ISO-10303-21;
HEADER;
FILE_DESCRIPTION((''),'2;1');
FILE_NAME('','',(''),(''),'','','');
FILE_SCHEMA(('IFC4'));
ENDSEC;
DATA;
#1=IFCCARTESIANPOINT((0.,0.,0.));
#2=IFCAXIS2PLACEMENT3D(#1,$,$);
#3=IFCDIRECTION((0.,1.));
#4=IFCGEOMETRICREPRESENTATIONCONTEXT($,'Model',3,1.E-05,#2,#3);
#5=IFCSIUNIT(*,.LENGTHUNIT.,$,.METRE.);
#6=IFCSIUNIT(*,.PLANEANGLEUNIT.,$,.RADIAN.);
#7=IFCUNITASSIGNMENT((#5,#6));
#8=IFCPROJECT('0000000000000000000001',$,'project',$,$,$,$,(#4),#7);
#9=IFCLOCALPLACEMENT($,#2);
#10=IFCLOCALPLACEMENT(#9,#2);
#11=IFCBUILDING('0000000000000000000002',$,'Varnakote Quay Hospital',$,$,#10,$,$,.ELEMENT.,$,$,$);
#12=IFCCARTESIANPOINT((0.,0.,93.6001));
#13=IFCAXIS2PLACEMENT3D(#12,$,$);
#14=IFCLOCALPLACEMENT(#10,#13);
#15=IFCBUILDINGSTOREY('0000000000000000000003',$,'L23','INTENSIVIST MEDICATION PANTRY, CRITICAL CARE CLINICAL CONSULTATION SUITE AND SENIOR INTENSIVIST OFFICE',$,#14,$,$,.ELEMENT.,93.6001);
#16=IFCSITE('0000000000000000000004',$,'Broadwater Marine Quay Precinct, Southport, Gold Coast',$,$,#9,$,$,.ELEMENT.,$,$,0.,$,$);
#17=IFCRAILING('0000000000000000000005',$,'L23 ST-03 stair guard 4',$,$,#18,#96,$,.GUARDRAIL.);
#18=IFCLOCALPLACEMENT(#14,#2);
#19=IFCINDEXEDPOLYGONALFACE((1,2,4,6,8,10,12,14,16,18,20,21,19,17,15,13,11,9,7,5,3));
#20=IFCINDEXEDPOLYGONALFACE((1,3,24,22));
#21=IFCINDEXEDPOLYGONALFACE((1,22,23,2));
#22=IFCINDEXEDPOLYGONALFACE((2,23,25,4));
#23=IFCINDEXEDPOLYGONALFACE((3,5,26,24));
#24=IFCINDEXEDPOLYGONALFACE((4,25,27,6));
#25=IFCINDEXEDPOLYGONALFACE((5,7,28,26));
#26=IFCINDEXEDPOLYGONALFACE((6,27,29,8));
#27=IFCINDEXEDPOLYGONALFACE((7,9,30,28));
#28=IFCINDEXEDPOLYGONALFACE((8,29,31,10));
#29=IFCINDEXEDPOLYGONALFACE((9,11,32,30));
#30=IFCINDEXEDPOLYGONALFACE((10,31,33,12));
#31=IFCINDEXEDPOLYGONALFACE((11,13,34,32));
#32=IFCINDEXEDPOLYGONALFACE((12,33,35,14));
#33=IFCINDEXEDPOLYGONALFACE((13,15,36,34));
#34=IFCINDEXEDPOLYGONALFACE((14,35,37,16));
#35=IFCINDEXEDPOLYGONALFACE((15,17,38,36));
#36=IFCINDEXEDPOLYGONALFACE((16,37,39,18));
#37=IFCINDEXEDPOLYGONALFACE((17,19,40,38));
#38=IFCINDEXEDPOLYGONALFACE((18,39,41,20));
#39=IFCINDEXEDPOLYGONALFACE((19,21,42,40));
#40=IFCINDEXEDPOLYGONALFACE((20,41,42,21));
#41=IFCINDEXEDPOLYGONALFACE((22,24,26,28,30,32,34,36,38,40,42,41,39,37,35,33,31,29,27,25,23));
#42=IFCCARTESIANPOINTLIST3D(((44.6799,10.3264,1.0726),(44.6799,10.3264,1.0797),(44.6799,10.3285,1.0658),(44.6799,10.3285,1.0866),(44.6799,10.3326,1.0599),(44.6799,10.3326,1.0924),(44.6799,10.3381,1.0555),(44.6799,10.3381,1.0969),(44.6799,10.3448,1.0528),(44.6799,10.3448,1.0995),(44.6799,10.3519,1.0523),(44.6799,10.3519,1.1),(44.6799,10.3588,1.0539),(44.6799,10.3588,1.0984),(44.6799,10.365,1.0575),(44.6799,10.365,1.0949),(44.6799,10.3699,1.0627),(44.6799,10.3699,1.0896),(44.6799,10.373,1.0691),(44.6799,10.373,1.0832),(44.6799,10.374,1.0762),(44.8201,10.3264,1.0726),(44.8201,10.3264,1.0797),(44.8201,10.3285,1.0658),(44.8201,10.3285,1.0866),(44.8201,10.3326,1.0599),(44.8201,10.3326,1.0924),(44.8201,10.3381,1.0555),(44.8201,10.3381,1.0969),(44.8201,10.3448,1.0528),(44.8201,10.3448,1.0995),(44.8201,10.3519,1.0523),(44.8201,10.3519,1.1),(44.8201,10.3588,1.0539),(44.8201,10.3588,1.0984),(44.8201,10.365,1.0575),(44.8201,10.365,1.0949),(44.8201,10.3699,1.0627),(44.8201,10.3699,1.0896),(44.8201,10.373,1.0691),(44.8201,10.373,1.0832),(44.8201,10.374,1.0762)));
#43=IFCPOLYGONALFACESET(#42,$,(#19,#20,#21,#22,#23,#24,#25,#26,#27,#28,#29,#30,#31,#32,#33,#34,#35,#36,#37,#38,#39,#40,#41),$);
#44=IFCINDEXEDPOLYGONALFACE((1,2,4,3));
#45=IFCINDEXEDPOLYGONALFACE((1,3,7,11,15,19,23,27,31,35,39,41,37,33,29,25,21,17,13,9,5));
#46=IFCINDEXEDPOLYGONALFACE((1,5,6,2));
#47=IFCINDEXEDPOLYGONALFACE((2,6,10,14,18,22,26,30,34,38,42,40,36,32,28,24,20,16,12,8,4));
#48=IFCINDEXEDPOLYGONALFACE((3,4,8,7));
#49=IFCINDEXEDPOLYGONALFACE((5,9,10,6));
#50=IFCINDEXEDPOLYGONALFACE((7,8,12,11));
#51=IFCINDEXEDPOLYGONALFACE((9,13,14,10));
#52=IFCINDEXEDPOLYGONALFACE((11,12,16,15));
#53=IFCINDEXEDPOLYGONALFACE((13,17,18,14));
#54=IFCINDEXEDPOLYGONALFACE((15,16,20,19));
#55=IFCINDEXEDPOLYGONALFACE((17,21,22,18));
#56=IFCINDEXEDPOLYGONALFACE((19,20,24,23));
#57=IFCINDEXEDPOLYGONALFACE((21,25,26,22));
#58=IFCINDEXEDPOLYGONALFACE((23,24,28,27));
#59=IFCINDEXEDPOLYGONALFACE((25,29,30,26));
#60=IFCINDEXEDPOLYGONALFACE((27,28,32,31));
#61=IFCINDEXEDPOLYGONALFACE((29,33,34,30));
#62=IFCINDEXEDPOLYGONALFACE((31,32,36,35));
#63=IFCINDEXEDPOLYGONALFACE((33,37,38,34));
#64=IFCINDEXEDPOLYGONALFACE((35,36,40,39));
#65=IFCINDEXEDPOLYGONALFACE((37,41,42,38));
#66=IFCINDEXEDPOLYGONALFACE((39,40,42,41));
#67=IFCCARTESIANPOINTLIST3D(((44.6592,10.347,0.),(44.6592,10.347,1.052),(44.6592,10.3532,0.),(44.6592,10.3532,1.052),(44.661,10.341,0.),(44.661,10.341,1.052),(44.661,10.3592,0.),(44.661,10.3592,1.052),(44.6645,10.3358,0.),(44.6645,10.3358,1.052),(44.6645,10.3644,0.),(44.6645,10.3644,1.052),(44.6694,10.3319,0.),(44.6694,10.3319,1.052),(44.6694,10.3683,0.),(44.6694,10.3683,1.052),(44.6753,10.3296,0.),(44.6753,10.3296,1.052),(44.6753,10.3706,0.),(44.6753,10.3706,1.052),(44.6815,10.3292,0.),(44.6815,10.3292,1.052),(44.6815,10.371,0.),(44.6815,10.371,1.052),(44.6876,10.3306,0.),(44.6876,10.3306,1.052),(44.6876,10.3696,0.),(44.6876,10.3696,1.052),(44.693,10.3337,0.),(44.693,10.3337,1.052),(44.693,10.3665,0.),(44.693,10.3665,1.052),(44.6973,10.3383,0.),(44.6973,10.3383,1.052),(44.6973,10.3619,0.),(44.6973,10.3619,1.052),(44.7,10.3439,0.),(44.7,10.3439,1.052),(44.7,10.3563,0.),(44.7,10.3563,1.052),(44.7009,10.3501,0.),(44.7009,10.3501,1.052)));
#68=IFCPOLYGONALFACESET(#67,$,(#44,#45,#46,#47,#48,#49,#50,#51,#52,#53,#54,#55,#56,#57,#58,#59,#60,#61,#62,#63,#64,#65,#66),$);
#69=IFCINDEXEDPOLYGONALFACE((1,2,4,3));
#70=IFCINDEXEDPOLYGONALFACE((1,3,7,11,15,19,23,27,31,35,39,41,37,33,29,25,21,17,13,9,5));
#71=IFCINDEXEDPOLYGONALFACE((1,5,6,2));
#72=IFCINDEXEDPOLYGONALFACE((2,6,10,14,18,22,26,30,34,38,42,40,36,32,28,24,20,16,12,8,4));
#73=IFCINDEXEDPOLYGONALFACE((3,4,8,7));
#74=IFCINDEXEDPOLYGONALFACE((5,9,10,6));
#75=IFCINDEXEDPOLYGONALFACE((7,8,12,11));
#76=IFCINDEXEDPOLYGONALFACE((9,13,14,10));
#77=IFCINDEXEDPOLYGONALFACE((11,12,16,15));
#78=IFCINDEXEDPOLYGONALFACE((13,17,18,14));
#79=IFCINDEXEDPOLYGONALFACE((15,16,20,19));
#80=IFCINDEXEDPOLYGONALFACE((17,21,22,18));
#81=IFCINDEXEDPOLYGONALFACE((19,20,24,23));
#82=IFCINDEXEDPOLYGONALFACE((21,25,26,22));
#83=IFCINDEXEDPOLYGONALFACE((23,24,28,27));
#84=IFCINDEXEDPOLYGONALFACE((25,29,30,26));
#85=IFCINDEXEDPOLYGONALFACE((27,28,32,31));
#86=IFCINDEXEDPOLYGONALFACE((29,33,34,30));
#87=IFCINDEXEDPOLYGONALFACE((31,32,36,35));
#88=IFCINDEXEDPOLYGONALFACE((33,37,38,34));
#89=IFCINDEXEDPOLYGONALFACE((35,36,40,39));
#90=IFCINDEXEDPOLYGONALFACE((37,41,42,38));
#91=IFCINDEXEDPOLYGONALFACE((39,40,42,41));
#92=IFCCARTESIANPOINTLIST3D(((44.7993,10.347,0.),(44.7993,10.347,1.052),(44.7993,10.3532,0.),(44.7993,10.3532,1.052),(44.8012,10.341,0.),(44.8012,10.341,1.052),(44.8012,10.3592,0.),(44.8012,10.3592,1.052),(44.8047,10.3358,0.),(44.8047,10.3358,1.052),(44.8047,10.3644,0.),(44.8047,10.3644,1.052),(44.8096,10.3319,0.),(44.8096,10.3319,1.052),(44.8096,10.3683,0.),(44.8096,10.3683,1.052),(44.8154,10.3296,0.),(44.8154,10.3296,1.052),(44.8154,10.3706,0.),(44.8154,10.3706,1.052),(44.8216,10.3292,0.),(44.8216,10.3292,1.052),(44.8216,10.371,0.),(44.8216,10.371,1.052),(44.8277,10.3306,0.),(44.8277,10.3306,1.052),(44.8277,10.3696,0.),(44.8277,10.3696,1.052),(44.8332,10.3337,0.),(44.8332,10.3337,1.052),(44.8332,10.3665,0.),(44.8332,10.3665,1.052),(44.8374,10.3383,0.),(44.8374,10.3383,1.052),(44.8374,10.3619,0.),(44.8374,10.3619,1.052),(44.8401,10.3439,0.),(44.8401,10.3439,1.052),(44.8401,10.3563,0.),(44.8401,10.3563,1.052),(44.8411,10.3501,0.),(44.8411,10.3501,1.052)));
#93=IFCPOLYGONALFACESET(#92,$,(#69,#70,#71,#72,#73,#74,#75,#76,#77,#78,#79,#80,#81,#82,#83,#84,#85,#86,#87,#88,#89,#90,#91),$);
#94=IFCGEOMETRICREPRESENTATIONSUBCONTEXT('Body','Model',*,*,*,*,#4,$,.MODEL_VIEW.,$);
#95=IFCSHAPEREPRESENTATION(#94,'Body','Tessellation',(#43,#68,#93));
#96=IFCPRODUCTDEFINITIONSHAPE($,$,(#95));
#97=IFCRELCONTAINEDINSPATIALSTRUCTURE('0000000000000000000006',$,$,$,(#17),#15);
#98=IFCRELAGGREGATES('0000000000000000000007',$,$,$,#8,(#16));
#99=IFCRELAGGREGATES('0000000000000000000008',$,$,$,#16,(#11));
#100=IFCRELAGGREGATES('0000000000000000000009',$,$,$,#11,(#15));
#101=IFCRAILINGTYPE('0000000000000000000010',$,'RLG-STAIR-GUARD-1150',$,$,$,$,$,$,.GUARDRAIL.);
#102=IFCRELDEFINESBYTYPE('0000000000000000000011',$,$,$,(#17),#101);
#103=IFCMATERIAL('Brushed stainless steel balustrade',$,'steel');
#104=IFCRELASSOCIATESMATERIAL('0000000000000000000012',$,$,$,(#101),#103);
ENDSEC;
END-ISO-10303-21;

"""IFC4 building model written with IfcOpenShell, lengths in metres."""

from ifc_helpers import new_model, si_unit, direction, frame, origin, origin_2d, place, context, subcontext, project, spatial, circle, extrude, material, type_object, element, save


model = new_model("IFC4")

# Units and contexts
model_context = context("Model", 3, precision=1e-05, world=origin(), true_north=direction((0.0, 1.0)))
body_context = subcontext(model_context, "Body", "Model", "MODEL_VIEW")
ifc_project = project(units=[si_unit("LENGTHUNIT", "METRE"), si_unit("PLANEANGLEUNIT", "RADIAN")], contexts=[model_context])

# Site, building, storey
site_placement = place(None, origin())
site = spatial("IfcSite", under=ifc_project, at=site_placement, Name="Broadwater Marine Quay Precinct, Southport, Gold Coast", CompositionType="ELEMENT", RefElevation=0.0)
building_placement = place(site_placement, origin())
building = spatial("IfcBuilding", under=site, at=building_placement, Name="Varnakote Quay Hospital", CompositionType="ELEMENT")
storey_placement = place(building_placement, frame((0.0, 0.0, 93.6001)))
storey = spatial("IfcBuildingStorey", under=building, at=storey_placement, Name="L23", Description="INTENSIVIST MEDICATION PANTRY, CRITICAL CARE CLINICAL CONSULTATION SUITE AND SENIOR INTENSIVIST OFFICE", CompositionType="ELEMENT", Elevation=93.6001)

# Railing
ifc_material_1 = material(Name="Brushed stainless steel balustrade", Category="steel")
railing_type_1 = type_object("IfcRailingType", Name="RLG-STAIR-GUARD-1150", PredefinedType="GUARDRAIL", material=ifc_material_1)
railing_1_placement = place(storey_placement, frame((44.6799, 10.3501, 0.0)))
element("IfcRailing", 1, at=railing_1_placement, inside=storey, type_object=railing_type_1, Name="L23 ST-03 stair guard 4", PredefinedType="GUARDRAIL", context=body_context, shape_type="SweptSolid", body=[
    extrude(circle(Radius=0.0239, at=origin_2d()), frame((0.0, 0.0, 1.0762), z_axis=(1.0, 0.0, 0.0), x_axis=(0.0, 1.0, 0.0)), (0.0, 0.0, 1.0), 0.1401),
    extrude(circle(Radius=0.021, at=origin_2d()), origin(), (0.0, 0.0, 1.0), 1.052),
    extrude(circle(Radius=0.021, at=origin_2d()), frame((0.1401, 0.0, 0.0)), (0.0, 0.0, 1.0), 1.052),
])

save(model, "model.ifc")
